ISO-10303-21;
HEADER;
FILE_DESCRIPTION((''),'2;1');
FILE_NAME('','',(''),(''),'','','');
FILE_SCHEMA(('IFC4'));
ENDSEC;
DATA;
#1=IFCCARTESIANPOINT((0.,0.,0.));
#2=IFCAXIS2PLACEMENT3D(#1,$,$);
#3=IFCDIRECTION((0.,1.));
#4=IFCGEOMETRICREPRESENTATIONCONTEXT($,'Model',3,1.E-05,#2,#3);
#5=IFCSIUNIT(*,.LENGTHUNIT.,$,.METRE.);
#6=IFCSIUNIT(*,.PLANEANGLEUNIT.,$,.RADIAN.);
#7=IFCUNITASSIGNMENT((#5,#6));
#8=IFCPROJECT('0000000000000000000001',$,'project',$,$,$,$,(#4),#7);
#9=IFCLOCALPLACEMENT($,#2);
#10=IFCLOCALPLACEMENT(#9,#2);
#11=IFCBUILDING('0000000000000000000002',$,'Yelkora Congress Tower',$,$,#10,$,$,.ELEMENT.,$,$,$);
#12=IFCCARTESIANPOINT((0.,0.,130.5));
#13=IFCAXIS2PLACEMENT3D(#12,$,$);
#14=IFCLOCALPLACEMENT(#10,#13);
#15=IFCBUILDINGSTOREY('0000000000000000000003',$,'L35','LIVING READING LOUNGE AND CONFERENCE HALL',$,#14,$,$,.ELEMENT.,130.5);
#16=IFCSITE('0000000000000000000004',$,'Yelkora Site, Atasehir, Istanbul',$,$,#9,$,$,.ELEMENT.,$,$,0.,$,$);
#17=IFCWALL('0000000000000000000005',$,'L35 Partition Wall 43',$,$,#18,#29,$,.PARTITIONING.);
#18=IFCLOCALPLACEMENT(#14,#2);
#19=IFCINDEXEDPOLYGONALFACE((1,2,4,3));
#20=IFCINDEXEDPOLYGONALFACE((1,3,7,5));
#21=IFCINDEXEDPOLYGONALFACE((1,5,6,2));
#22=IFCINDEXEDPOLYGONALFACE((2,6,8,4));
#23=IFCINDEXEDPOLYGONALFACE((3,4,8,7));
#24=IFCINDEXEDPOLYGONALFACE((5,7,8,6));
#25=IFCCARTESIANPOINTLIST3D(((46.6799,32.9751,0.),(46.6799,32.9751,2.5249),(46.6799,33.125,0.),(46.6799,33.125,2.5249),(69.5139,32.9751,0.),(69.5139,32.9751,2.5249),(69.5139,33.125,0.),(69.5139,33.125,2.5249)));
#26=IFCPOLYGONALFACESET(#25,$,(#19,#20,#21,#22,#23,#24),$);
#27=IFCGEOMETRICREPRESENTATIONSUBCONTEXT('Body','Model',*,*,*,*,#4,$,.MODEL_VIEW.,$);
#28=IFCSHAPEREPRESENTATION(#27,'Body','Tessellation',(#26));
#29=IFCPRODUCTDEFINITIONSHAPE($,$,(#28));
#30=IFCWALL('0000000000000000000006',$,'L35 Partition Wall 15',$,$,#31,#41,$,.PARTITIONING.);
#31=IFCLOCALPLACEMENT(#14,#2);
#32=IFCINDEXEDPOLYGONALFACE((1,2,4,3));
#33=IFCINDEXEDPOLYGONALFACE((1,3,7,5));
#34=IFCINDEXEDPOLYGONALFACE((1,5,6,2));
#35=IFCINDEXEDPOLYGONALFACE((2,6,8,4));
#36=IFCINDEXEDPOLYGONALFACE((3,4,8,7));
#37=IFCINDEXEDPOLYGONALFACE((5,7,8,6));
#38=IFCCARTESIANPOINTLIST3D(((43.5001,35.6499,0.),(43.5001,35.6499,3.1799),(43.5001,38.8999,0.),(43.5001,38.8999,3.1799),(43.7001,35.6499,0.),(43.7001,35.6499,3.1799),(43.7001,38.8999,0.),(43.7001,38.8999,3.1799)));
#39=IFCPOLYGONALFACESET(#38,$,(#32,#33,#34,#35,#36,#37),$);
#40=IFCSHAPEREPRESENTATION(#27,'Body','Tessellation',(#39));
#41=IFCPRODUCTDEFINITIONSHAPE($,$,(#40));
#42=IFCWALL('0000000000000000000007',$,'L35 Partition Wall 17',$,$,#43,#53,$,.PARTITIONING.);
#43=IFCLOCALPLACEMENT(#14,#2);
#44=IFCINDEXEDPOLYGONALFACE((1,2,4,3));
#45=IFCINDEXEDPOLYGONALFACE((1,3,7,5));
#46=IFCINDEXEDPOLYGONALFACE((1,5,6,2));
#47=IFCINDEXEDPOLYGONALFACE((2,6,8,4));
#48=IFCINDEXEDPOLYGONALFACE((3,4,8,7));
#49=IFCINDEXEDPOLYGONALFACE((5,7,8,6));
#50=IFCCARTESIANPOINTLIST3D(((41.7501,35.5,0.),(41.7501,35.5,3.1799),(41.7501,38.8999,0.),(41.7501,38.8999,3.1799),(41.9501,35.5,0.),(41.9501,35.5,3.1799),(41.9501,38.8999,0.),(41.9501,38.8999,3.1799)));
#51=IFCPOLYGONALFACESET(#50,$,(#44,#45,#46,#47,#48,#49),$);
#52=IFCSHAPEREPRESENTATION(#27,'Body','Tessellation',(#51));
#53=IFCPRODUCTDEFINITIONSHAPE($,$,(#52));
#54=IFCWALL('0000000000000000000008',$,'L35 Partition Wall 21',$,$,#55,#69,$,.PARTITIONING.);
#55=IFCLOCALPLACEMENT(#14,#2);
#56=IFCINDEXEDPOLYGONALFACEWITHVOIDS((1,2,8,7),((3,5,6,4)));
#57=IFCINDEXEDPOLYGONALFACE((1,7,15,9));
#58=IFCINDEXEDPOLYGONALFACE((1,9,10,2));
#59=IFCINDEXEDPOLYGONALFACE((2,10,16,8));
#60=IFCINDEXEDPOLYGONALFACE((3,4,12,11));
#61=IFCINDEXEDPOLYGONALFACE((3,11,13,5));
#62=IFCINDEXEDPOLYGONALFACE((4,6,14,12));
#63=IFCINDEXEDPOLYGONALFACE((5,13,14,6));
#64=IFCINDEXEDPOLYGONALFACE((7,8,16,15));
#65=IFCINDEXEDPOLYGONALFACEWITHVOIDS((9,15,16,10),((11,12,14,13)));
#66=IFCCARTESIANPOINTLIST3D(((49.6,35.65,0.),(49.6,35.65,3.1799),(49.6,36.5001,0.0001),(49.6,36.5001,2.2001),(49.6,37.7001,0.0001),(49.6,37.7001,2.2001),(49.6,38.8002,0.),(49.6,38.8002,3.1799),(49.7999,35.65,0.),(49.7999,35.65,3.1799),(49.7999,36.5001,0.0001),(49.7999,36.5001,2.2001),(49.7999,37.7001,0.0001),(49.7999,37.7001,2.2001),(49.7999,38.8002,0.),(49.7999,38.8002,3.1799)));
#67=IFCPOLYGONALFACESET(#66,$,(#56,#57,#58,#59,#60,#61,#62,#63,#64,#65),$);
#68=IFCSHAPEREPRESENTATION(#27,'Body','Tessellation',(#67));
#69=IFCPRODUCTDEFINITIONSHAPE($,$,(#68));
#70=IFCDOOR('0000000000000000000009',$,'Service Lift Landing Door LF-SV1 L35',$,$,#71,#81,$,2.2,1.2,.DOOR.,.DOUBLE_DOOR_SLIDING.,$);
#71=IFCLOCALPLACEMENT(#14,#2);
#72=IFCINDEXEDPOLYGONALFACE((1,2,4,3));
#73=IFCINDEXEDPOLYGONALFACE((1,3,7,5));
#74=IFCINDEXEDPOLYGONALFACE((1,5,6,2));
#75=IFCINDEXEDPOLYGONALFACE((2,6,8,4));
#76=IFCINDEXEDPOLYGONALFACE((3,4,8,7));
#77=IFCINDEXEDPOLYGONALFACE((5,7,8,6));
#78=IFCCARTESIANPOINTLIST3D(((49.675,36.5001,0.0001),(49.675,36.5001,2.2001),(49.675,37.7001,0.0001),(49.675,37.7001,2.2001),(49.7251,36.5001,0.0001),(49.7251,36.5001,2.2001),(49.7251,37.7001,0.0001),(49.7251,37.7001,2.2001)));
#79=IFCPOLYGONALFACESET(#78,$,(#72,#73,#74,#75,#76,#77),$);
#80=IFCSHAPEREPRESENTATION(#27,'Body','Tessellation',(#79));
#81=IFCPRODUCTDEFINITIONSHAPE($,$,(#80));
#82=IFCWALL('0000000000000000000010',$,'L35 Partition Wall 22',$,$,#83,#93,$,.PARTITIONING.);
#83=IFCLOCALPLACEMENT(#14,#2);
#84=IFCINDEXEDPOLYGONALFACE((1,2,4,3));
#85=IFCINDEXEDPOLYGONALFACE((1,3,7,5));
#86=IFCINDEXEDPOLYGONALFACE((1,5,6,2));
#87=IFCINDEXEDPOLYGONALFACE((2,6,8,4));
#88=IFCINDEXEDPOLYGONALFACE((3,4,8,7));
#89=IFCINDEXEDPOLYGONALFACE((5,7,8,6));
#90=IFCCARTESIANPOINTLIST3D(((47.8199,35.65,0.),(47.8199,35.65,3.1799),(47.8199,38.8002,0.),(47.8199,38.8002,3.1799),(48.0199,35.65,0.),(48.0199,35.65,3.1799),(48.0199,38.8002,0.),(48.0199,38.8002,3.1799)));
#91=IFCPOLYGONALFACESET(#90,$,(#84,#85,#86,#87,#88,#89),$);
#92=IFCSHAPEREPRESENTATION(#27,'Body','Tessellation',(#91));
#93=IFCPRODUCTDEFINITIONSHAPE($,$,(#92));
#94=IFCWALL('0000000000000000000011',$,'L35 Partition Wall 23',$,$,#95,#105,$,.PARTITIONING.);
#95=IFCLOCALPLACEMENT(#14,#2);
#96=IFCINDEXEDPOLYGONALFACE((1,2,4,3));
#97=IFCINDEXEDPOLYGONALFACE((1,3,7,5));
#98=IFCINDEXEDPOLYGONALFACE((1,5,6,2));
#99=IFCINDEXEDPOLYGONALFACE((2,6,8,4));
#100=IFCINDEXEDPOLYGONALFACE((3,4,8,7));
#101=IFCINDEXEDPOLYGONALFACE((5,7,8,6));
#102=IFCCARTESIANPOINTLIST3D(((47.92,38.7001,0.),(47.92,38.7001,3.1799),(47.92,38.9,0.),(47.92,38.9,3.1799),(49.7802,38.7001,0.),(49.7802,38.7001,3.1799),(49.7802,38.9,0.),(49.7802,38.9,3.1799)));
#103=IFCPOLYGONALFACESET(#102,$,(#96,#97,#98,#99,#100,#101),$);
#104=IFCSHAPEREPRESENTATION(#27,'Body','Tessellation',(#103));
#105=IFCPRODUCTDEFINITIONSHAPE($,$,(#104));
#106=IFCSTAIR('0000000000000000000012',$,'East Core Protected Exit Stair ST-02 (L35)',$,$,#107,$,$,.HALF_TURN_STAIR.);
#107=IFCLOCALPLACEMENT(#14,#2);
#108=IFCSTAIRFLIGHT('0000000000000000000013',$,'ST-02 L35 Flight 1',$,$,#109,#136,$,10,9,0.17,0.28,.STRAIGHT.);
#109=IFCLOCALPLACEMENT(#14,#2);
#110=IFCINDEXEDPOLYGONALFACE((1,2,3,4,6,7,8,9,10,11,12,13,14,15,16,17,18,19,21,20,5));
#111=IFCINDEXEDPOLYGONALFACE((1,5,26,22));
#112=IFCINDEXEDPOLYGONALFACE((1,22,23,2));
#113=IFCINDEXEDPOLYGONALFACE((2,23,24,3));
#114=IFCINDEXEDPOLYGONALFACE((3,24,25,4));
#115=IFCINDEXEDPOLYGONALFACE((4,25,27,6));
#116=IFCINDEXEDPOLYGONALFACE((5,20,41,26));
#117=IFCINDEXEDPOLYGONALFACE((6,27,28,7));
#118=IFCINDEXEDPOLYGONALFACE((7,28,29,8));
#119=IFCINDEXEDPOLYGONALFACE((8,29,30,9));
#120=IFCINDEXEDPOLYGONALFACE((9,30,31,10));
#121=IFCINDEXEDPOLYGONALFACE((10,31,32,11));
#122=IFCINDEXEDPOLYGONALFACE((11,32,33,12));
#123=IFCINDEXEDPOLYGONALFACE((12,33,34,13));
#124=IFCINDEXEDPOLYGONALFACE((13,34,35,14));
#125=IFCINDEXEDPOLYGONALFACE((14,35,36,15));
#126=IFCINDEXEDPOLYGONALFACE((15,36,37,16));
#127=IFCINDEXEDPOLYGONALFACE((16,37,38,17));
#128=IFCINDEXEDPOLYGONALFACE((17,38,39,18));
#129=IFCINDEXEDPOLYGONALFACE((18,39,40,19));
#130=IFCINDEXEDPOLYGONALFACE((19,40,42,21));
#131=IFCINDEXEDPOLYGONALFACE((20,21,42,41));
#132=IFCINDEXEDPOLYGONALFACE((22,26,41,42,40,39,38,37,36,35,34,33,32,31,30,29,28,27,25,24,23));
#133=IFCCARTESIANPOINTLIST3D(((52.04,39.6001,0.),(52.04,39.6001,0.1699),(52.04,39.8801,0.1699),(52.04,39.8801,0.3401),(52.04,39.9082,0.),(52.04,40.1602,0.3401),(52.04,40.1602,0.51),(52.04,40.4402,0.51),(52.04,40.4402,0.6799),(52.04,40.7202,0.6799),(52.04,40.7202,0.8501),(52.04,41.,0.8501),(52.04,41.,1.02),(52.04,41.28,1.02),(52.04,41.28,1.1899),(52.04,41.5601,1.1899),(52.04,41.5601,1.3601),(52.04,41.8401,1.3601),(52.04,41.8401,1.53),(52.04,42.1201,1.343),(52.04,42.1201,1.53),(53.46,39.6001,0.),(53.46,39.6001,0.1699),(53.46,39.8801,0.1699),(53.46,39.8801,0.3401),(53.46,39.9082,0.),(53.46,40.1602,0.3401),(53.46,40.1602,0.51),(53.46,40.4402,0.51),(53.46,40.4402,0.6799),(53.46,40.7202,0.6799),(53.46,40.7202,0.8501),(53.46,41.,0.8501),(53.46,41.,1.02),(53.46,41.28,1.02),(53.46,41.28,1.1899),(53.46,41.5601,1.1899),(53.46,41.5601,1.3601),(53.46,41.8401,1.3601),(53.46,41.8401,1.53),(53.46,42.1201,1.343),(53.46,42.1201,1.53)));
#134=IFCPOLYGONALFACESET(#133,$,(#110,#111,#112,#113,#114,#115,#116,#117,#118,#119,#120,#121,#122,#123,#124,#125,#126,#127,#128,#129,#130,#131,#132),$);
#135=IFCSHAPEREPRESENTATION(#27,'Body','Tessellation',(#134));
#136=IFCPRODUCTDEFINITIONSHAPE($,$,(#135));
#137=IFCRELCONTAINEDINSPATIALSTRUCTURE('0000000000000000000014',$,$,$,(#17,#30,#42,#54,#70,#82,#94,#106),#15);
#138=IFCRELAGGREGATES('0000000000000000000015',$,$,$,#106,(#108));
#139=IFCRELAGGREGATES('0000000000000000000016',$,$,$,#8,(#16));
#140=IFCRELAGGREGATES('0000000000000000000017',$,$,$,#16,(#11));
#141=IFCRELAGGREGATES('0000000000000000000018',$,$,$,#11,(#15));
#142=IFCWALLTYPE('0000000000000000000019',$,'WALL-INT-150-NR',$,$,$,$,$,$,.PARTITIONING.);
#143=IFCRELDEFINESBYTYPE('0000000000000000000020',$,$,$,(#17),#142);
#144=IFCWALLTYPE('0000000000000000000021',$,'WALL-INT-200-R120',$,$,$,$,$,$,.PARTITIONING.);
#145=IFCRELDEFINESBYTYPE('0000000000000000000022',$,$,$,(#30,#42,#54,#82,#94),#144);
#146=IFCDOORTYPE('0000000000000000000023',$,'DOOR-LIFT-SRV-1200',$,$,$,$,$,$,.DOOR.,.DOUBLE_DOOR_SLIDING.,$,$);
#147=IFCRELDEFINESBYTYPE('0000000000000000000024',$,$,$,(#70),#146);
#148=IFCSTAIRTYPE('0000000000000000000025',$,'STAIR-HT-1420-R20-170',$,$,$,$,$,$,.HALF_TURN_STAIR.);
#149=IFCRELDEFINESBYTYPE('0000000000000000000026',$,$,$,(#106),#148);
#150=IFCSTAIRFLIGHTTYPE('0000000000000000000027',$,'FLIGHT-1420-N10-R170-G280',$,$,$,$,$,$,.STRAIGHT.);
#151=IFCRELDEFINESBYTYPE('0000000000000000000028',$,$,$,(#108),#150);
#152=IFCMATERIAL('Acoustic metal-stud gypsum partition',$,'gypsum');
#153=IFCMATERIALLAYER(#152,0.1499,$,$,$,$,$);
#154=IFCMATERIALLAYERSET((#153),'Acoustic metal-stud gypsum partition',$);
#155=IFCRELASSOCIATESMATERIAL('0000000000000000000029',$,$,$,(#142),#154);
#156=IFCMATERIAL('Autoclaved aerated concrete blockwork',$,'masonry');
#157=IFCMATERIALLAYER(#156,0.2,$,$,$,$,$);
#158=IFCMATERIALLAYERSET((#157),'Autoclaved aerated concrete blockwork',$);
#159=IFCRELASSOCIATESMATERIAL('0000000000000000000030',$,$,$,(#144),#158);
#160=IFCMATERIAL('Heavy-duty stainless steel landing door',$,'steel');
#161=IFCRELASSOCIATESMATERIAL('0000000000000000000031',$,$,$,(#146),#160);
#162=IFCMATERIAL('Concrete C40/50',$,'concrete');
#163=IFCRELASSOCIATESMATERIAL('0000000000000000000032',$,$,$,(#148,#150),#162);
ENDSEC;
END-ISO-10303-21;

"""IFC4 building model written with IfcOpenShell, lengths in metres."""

from ifc_helpers import new_model, si_unit, direction, frame, frame_2d, origin, place, context, subcontext, project, spatial, polyline, rectangle, outline, extrude, material, layer, layer_set, type_object, element, fill, aggregate, save


model = new_model("IFC4")

# Units and contexts
model_context = context("Model", 3, precision=1e-05, world=origin(), true_north=direction((0.0, 1.0)))
body_context = subcontext(model_context, "Body", "Model", "MODEL_VIEW")
ifc_project = project(units=[si_unit("LENGTHUNIT", "METRE"), si_unit("PLANEANGLEUNIT", "RADIAN")], contexts=[model_context])

# Site, building, storey
site_placement = place(None, origin())
site = spatial("IfcSite", under=ifc_project, at=site_placement, Name="Yelkora Site, Atasehir, Istanbul", CompositionType="ELEMENT", RefElevation=0.0)
building_placement = place(site_placement, origin())
building = spatial("IfcBuilding", under=site, at=building_placement, Name="Yelkora Congress Tower", CompositionType="ELEMENT")
storey_placement = place(building_placement, frame((0.0, 0.0, 130.5)))
storey = spatial("IfcBuildingStorey", under=building, at=storey_placement, Name="L35", Description="LIVING READING LOUNGE AND CONFERENCE HALL", CompositionType="ELEMENT", Elevation=130.5)

# Shared definitions
ifc_material_1 = material(Name="Acoustic metal-stud gypsum partition", Category="gypsum")
ifc_layer_1 = layer(ifc_material_1, 0.1499)
ifc_layer_set_1 = layer_set([ifc_layer_1], Name="Acoustic metal-stud gypsum partition")
wall_type_1 = type_object("IfcWallType", Name="WALL-INT-150-NR", PredefinedType="PARTITIONING", material=ifc_layer_set_1)

# Walls
wall_1_placement = place(storey_placement, frame((46.6799, 33.05, 0.0), z_axis=(0.0, 0.0, 1.0), x_axis=(1.0, 0.0, 0.0)))
element("IfcWall", 1, at=wall_1_placement, inside=storey, type_object=wall_type_1, Name="L35 Partition Wall 43", PredefinedType="PARTITIONING", context=body_context, shape_type="SweptSolid", body=[
    extrude(rectangle(XDim=22.834, YDim=0.1499, at=frame_2d((11.417, 0.0))), origin(), (0.0, 0.0, 1.0), 2.5249),
])
ifc_material_2 = material(Name="Autoclaved aerated concrete blockwork", Category="masonry")
ifc_layer_2 = layer(ifc_material_2, 0.2)
ifc_layer_set_2 = layer_set([ifc_layer_2], Name="Autoclaved aerated concrete blockwork")
wall_type_2 = type_object("IfcWallType", Name="WALL-INT-200-R120", PredefinedType="PARTITIONING", material=ifc_layer_set_2)
wall_2_placement = place(storey_placement, frame((43.6001, 35.6499, 0.0), z_axis=(0.0, 0.0, 1.0), x_axis=(0.0, 1.0, 0.0)))
element("IfcWall", 2, at=wall_2_placement, inside=storey, type_object=wall_type_2, Name="L35 Partition Wall 15", PredefinedType="PARTITIONING", context=body_context, shape_type="SweptSolid", body=[
    extrude(rectangle(XDim=3.25, YDim=0.2, at=frame_2d((1.625, 0.0))), origin(), (0.0, 0.0, 1.0), 3.1799),
])
wall_3_placement = place(storey_placement, frame((41.8501, 35.5, 0.0), z_axis=(0.0, 0.0, 1.0), x_axis=(0.0, 1.0, 0.0)))
element("IfcWall", 3, at=wall_3_placement, inside=storey, type_object=wall_type_2, Name="L35 Partition Wall 17", PredefinedType="PARTITIONING", context=body_context, shape_type="SweptSolid", body=[
    extrude(rectangle(XDim=3.3999, YDim=0.2, at=frame_2d((1.7, 0.0))), origin(), (0.0, 0.0, 1.0), 3.1799),
])

# Wall, opening, door
wall_4_placement = place(storey_placement, frame((49.7, 35.6499, 0.0), z_axis=(0.0, 0.0, 1.0), x_axis=(0.0, 1.0, 0.0)))
wall_4 = element("IfcWall", 4, at=wall_4_placement, inside=storey, type_object=wall_type_2, Name="L35 Partition Wall 21", PredefinedType="PARTITIONING", context=body_context, shape_type="SweptSolid", body=[
    extrude(rectangle(XDim=3.1501, YDim=0.2, at=frame_2d((1.5752, 0.0))), origin(), (0.0, 0.0, 1.0), 3.1799),
])
opening_1_placement = place(wall_4_placement, frame((0.8501, 0.0, 0.0)))
opening_1 = element("IfcOpeningElement", 5, at=opening_1_placement, cuts=wall_4, PredefinedType="OPENING", context=body_context, shape_type="SweptSolid", body=[
    extrude(rectangle(XDim=1.2, YDim=2.2, at=frame_2d((0.6001, 1.1001))), frame((0.0, 0.1099, 0.0), z_axis=(0.0, -1.0, 0.0), x_axis=(1.0, 0.0, 0.0)), (0.0, 0.0, 1.0), 0.22),
])
ifc_material_3 = material(Name="Heavy-duty stainless steel landing door", Category="steel")
door_type_1 = type_object("IfcDoorType", Name="DOOR-LIFT-SRV-1200", OperationType="DOUBLE_DOOR_SLIDING", PredefinedType="DOOR", material=ifc_material_3)
door_1_placement = place(opening_1_placement, origin())
door_1 = element("IfcDoor", 6, at=door_1_placement, inside=storey, type_object=door_type_1, Name="Service Lift Landing Door LF-SV1 L35", OperationType="DOUBLE_DOOR_SLIDING", OverallHeight=2.2, OverallWidth=1.2, PredefinedType="DOOR", context=body_context, shape_type="SweptSolid", body=[
    extrude(rectangle(XDim=1.2, YDim=2.2, at=frame_2d((0.6001, 1.1001))), frame((0.0, 0.0249, 0.0), z_axis=(0.0, -1.0, 0.0), x_axis=(1.0, 0.0, 0.0)), (0.0, 0.0, 1.0), 0.05),
])
fill(opening_1, door_1)

# Walls
wall_5_placement = place(storey_placement, frame((47.9199, 35.6499, 0.0), z_axis=(0.0, 0.0, 1.0), x_axis=(0.0, 1.0, 0.0)))
element("IfcWall", 7, at=wall_5_placement, inside=storey, type_object=wall_type_2, Name="L35 Partition Wall 22", PredefinedType="PARTITIONING", context=body_context, shape_type="SweptSolid", body=[
    extrude(rectangle(XDim=3.1501, YDim=0.2, at=frame_2d((1.5752, 0.0))), origin(), (0.0, 0.0, 1.0), 3.1799),
])
wall_6_placement = place(storey_placement, frame((47.9199, 38.8, 0.0), z_axis=(0.0, 0.0, 1.0), x_axis=(1.0, 0.0, 0.0)))
element("IfcWall", 8, at=wall_6_placement, inside=storey, type_object=wall_type_2, Name="L35 Partition Wall 23", PredefinedType="PARTITIONING", context=body_context, shape_type="SweptSolid", body=[
    extrude(rectangle(XDim=1.8601, YDim=0.2, at=frame_2d((0.9302, 0.0))), origin(), (0.0, 0.0, 1.0), 3.1799),
])

# Stair, stair flight
ifc_material_4 = material(Name="Concrete C40/50", Category="concrete")
stair_type = type_object("IfcStairType", Name="STAIR-HT-1420-R20-170", PredefinedType="HALF_TURN_STAIR", material=ifc_material_4)
stair_placement = place(storey_placement, origin())
stair = element("IfcStair", 9, at=stair_placement, inside=storey, type_object=stair_type, Name="East Core Protected Exit Stair ST-02 (L35)", PredefinedType="HALF_TURN_STAIR")
stair_flight_type = type_object("IfcStairFlightType", Name="FLIGHT-1420-N10-R170-G280", PredefinedType="STRAIGHT", material=ifc_material_4)
stair_flight_placement = place(storey_placement, frame((52.75, 39.6001, 0.0), z_axis=(0.0, 0.0, 1.0), x_axis=(0.0, 1.0, 0.0)))
stair_flight = element("IfcStairFlight", 10, at=stair_flight_placement, type_object=stair_flight_type, Name="ST-02 L35 Flight 1", NumberOfRisers=10, NumberOfTreads=9, PredefinedType="STRAIGHT", RiserHeight=0.17, TreadLength=0.28, context=body_context, shape_type="SweptSolid", body=[
    extrude(outline(polyline([(0.0, 0.0), (0.0, 0.1699), (0.28, 0.1699), (0.28, 0.3401), (0.5601, 0.3401), (0.5601, 0.51), (0.8401, 0.51), (0.8401, 0.6799), (1.1201, 0.6799), (1.1201, 0.8501), (1.3999, 0.8501), (1.3999, 1.02), (1.6799, 1.02), (1.6799, 1.1899), (1.96, 1.1899), (1.96, 1.3601), (2.24, 1.3601), (2.24, 1.53), (2.52, 1.53), (2.52, 1.7), (2.52, 1.343), (0.3081, 0.0), (0.0, 0.0)])), frame((0.0, 0.71, 0.0), z_axis=(0.0, -1.0, 0.0), x_axis=(1.0, 0.0, 0.0)), (0.0, 0.0, 1.0), 1.4199),
])
aggregate(stair, [stair_flight])

save(model, "model.ifc")
